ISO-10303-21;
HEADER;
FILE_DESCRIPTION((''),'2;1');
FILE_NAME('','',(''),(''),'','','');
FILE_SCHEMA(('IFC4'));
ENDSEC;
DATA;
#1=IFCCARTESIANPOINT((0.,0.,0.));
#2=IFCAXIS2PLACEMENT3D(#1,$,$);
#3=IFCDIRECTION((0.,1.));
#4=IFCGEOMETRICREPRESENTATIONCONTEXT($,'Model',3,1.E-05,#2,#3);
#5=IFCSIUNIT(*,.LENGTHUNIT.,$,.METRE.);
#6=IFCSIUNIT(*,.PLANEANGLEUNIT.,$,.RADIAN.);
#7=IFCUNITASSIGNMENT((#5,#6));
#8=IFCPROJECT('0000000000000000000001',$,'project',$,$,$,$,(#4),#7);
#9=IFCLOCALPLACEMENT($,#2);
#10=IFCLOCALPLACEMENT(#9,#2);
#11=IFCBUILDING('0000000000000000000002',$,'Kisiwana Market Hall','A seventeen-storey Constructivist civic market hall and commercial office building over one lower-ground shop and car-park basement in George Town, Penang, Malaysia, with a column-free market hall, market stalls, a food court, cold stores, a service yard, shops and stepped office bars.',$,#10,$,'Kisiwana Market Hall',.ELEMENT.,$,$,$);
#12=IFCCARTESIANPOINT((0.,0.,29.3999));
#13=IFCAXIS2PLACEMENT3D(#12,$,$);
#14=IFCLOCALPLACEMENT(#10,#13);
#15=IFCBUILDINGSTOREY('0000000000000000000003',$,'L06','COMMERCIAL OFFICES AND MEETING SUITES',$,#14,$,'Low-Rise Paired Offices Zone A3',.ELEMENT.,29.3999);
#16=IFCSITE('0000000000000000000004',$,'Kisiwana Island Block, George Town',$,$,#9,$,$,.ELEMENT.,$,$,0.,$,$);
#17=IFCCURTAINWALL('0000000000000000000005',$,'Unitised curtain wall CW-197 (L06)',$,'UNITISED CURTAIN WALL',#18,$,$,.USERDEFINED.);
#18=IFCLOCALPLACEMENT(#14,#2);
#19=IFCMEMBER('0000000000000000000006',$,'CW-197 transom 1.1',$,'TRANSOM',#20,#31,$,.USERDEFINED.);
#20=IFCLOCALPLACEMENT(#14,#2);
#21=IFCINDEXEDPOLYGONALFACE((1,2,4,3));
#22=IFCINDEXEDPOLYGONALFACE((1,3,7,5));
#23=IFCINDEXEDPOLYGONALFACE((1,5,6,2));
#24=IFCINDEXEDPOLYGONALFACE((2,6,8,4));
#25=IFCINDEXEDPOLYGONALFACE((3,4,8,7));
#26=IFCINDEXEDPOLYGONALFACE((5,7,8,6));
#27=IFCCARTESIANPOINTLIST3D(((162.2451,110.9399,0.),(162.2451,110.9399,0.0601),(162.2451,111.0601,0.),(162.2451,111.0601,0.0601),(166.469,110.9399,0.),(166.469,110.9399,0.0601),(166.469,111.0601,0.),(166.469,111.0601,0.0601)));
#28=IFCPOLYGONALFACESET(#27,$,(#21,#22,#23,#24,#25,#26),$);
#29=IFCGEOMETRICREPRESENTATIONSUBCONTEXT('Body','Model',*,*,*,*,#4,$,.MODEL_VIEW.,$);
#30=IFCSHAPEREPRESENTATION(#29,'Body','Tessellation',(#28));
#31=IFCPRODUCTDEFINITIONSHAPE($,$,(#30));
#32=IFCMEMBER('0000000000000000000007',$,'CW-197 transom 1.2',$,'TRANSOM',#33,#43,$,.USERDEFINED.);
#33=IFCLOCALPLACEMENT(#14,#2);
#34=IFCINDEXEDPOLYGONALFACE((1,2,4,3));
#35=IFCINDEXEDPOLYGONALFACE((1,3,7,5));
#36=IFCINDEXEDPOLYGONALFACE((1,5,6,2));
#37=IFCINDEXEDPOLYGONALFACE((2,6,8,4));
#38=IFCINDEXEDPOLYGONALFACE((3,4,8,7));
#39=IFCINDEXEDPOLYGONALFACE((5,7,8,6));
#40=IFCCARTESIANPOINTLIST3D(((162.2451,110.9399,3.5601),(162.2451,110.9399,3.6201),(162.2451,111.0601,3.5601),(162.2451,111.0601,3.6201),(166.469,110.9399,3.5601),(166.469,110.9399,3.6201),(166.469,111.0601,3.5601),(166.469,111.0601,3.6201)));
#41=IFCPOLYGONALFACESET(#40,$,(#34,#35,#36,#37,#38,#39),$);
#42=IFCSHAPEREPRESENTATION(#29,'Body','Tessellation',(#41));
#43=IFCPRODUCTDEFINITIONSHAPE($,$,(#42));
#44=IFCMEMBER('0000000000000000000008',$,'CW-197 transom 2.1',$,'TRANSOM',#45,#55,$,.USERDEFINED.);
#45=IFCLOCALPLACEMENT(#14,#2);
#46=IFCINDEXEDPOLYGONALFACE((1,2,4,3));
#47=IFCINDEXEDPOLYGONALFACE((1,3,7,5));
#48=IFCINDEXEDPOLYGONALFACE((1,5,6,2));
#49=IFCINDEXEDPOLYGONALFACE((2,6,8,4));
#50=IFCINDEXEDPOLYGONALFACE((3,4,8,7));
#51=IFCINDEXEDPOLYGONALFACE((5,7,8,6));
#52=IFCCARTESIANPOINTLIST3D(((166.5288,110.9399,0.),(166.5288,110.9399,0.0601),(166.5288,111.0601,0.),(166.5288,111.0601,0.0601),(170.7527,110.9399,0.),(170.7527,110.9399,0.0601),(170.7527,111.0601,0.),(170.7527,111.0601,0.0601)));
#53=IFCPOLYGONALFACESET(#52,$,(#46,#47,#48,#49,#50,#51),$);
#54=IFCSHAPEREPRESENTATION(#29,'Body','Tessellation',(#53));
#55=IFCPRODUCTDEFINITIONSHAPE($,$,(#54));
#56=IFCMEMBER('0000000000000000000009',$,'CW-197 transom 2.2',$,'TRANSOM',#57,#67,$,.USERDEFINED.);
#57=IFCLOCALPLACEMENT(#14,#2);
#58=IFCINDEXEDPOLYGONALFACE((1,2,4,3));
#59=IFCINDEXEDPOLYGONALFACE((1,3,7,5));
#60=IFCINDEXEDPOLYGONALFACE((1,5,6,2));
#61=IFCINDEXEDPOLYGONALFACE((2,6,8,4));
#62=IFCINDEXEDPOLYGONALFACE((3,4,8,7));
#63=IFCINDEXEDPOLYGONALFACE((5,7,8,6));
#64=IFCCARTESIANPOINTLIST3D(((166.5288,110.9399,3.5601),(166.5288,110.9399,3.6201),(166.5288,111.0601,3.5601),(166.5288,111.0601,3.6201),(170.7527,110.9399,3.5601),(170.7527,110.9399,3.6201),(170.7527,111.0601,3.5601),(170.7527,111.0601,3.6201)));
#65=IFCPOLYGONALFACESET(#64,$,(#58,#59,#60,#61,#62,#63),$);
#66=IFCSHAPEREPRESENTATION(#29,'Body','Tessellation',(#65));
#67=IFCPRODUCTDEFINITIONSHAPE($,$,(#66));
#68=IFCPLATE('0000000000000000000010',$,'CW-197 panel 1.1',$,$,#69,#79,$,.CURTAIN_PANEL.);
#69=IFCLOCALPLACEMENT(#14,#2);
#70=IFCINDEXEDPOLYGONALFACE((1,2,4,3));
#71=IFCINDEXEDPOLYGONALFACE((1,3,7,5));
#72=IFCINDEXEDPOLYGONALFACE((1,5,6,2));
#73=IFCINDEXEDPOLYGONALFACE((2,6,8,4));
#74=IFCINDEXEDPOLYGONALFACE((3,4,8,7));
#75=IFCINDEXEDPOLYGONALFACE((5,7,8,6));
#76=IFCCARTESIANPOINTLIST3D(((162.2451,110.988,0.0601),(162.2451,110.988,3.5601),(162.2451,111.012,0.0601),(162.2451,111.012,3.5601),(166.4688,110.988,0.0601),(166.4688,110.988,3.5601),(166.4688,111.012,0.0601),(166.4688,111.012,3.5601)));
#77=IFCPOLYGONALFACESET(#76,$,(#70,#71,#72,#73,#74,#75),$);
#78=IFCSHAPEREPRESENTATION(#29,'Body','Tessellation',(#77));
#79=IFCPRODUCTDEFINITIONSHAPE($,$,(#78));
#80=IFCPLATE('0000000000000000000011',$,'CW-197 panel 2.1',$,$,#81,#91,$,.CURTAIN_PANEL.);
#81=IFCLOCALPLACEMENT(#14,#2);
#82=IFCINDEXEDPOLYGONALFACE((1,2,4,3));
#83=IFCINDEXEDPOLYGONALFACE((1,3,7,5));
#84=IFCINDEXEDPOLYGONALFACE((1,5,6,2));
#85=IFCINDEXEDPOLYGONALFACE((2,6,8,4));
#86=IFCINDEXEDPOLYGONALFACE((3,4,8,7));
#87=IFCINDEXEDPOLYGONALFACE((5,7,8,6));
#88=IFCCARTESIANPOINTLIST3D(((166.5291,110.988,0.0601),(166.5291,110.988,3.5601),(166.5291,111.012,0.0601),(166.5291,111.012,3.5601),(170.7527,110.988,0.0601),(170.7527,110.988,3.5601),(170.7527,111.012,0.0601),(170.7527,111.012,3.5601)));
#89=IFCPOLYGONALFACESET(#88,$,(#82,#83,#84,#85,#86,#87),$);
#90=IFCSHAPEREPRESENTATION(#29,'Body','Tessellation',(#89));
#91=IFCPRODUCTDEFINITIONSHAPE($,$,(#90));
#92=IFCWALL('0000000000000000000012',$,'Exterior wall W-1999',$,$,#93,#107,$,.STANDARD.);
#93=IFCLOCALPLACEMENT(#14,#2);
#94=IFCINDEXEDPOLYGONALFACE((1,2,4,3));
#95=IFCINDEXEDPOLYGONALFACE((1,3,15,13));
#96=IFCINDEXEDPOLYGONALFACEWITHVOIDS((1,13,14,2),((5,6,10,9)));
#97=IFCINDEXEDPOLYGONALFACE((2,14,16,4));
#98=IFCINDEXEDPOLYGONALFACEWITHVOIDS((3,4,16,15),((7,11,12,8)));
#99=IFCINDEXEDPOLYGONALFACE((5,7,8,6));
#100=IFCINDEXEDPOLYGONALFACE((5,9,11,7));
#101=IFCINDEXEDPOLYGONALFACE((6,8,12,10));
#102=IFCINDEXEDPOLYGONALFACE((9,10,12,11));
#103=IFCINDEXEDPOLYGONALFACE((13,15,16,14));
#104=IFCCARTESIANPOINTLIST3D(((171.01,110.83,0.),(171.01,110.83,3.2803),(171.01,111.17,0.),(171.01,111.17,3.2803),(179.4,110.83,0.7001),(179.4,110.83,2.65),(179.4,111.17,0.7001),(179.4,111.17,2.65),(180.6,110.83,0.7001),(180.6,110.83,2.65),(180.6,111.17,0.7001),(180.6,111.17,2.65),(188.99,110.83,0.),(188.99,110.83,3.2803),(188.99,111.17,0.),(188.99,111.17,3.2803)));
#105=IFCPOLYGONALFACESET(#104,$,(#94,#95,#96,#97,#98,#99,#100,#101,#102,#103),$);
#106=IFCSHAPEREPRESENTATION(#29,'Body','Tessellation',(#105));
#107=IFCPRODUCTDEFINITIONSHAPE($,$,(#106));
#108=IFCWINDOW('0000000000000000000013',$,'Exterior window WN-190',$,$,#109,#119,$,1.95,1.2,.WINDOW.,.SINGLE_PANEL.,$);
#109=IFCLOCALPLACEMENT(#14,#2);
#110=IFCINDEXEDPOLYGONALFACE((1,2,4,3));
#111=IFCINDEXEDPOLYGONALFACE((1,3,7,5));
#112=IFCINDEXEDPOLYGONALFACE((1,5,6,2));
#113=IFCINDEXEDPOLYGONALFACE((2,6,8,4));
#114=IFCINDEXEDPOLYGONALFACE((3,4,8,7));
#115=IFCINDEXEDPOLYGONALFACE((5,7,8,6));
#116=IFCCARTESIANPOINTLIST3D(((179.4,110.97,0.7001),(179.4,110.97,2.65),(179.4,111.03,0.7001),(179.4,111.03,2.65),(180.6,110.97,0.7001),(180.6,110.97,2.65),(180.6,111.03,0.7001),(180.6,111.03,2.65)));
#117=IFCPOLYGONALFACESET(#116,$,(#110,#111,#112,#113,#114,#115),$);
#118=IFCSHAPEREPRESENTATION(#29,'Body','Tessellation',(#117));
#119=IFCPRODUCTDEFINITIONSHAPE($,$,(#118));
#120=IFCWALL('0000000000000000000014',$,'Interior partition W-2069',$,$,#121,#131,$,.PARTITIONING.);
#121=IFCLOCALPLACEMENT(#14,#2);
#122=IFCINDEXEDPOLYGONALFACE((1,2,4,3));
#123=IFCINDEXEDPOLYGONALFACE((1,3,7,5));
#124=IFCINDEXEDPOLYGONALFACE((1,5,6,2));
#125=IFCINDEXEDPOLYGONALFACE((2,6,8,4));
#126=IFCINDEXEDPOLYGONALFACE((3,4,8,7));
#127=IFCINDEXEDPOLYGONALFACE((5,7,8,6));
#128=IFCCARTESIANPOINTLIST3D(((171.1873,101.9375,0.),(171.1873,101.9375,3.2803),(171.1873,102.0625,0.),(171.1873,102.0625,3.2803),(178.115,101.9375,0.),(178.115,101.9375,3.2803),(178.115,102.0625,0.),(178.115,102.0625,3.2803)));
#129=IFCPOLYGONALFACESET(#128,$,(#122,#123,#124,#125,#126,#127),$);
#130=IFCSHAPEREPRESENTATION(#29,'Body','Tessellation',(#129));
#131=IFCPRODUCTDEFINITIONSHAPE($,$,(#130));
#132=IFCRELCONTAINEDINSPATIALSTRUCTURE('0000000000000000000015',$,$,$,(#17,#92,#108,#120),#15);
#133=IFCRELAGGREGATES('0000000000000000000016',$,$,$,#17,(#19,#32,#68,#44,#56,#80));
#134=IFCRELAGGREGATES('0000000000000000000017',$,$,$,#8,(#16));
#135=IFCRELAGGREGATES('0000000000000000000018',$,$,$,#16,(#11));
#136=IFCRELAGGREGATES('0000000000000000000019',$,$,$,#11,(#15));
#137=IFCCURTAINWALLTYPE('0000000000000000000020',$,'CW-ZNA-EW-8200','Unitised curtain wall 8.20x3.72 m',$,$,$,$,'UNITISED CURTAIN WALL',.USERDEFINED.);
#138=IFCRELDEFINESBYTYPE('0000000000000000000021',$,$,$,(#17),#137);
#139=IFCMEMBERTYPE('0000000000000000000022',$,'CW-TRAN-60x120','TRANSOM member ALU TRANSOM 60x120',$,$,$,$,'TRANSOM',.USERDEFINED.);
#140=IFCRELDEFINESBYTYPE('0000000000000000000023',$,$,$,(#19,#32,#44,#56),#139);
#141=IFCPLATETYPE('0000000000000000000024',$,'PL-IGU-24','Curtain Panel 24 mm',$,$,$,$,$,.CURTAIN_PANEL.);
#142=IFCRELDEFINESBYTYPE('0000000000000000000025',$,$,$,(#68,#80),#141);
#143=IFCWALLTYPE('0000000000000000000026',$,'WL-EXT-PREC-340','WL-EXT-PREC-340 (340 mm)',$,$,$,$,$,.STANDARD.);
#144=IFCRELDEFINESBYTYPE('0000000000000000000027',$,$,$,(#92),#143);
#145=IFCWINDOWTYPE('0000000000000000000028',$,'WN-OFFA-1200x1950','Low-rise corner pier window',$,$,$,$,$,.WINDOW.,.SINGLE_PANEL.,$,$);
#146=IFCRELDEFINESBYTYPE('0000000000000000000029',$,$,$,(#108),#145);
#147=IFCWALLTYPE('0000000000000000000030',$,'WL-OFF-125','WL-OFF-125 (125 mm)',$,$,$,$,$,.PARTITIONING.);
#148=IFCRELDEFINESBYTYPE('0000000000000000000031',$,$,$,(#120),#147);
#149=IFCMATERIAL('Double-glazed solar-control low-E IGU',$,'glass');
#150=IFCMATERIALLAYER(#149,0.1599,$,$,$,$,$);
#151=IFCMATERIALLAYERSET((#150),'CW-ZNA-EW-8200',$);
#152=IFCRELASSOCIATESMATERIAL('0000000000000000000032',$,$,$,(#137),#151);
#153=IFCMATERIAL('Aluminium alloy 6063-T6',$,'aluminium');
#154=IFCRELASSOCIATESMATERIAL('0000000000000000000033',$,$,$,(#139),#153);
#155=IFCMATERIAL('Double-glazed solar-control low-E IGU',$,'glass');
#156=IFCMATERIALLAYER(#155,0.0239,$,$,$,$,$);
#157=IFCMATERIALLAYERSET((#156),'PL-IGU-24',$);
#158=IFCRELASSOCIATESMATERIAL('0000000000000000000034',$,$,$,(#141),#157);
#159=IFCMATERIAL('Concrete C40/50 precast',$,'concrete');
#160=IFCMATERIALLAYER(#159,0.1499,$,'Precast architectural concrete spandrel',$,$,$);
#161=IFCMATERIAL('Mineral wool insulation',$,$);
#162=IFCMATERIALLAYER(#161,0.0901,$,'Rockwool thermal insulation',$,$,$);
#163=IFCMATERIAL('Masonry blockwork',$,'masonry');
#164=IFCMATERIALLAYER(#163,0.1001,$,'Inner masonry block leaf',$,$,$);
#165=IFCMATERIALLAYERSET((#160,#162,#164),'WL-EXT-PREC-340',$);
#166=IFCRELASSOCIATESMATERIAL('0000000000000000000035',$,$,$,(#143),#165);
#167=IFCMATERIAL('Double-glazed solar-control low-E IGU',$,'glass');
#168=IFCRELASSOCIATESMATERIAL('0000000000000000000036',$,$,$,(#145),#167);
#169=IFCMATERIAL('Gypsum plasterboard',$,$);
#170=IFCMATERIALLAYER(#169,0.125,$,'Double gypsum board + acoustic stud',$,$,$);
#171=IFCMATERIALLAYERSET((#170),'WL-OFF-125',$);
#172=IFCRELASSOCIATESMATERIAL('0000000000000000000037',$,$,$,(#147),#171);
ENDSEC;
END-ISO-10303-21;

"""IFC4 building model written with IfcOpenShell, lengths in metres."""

from ifc_helpers import new_model, si_unit, direction, frame, frame_2d, origin, origin_2d, place, context, subcontext, project, spatial, rectangle, extrude, material, layer, layer_set, material_profile, profile_set, type_object, element, fill, aggregate, save


model = new_model("IFC4")

# Units and contexts
model_context = context("Model", 3, precision=1e-05, world=origin(), true_north=direction((0.0, 1.0)))
body_context = subcontext(model_context, "Body", "Model", "MODEL_VIEW")
ifc_project = project(units=[si_unit("LENGTHUNIT", "METRE"), si_unit("PLANEANGLEUNIT", "RADIAN")], contexts=[model_context])

# Site, building, storey
site_placement = place(None, origin())
site = spatial("IfcSite", under=ifc_project, at=site_placement, Name="Kisiwana Island Block, George Town", CompositionType="ELEMENT", RefElevation=0.0)
building_placement = place(site_placement, origin())
building = spatial("IfcBuilding", under=site, at=building_placement, Name="Kisiwana Market Hall", Description="A seventeen-storey Constructivist civic market hall and commercial office building over one lower-ground shop and car-park basement in George Town, Penang, Malaysia, with a column-free market hall, market stalls, a food court, cold stores, a service yard, shops and stepped office bars.", LongName="Kisiwana Market Hall", CompositionType="ELEMENT")
storey_placement = place(building_placement, frame((0.0, 0.0, 29.3999)))
storey = spatial("IfcBuildingStorey", under=building, at=storey_placement, Name="L06", Description="COMMERCIAL OFFICES AND MEETING SUITES", LongName="Low-Rise Paired Offices Zone A3", CompositionType="ELEMENT", Elevation=29.3999)

# Curtain wall, members, plates
ifc_material_1 = material(Name="Double-glazed solar-control low-E IGU", Category="glass")
ifc_layer_1 = layer(ifc_material_1, 0.1599)
ifc_layer_set_1 = layer_set([ifc_layer_1], Name="CW-ZNA-EW-8200")
curtain_wall_type = type_object("IfcCurtainWallType", Name="CW-ZNA-EW-8200", Description="Unitised curtain wall 8.20x3.72 m", ElementType="UNITISED CURTAIN WALL", PredefinedType="USERDEFINED", material=ifc_layer_set_1)
curtain_wall_placement = place(storey_placement, origin())
curtain_wall = element("IfcCurtainWall", 1, at=curtain_wall_placement, inside=storey, type_object=curtain_wall_type, Name="Unitised curtain wall CW-197 (L06)", ObjectType="UNITISED CURTAIN WALL", PredefinedType="USERDEFINED")
ifc_material_2 = material(Name="Aluminium alloy 6063-T6", Category="aluminium")
ifc_material_profile_1 = material_profile(ifc_material_2, rectangle(XDim=0.1201, YDim=0.0601, at=origin_2d()), Name="ALU TRANSOM 60x120")
ifc_profile_set_1 = profile_set([ifc_material_profile_1], Name="Aluminium alloy 6063-T6")
member_type_1 = type_object("IfcMemberType", Name="CW-TRAN-60x120", Description="TRANSOM member ALU TRANSOM 60x120", ElementType="TRANSOM", PredefinedType="USERDEFINED", material=ifc_profile_set_1)
member_1_placement = place(storey_placement, frame((162.2451, 111.0, 0.03), z_axis=(1.0, 0.0, 0.0), x_axis=(0.0, 1.0, 0.0)))
member_1 = element("IfcMember", 2, at=member_1_placement, type_object=member_type_1, Name="CW-197 transom 1.1", ObjectType="TRANSOM", PredefinedType="USERDEFINED", context=body_context, shape_type="SweptSolid", body=[
    extrude(rectangle(XDim=0.1201, YDim=0.0601, at=origin_2d()), origin(), (0.0, 0.0, 1.0), 4.2239),
])
member_2_placement = place(storey_placement, frame((162.2451, 111.0, 3.5901), z_axis=(1.0, 0.0, 0.0), x_axis=(0.0, 1.0, 0.0)))
member_2 = element("IfcMember", 3, at=member_2_placement, type_object=member_type_1, Name="CW-197 transom 1.2", ObjectType="TRANSOM", PredefinedType="USERDEFINED", context=body_context, shape_type="SweptSolid", body=[
    extrude(rectangle(XDim=0.1201, YDim=0.0601, at=origin_2d()), origin(), (0.0, 0.0, 1.0), 4.2239),
])
member_3_placement = place(storey_placement, frame((166.5288, 111.0, 0.03), z_axis=(1.0, 0.0, 0.0), x_axis=(0.0, 1.0, 0.0)))
member_3 = element("IfcMember", 4, at=member_3_placement, type_object=member_type_1, Name="CW-197 transom 2.1", ObjectType="TRANSOM", PredefinedType="USERDEFINED", context=body_context, shape_type="SweptSolid", body=[
    extrude(rectangle(XDim=0.1201, YDim=0.0601, at=origin_2d()), origin(), (0.0, 0.0, 1.0), 4.2239),
])
member_4_placement = place(storey_placement, frame((166.5288, 111.0, 3.5901), z_axis=(1.0, 0.0, 0.0), x_axis=(0.0, 1.0, 0.0)))
member_4 = element("IfcMember", 5, at=member_4_placement, type_object=member_type_1, Name="CW-197 transom 2.2", ObjectType="TRANSOM", PredefinedType="USERDEFINED", context=body_context, shape_type="SweptSolid", body=[
    extrude(rectangle(XDim=0.1201, YDim=0.0601, at=origin_2d()), origin(), (0.0, 0.0, 1.0), 4.2239),
])
ifc_material_3 = material(Name="Double-glazed solar-control low-E IGU", Category="glass")
ifc_layer_2 = layer(ifc_material_3, 0.0239)
ifc_layer_set_2 = layer_set([ifc_layer_2], Name="PL-IGU-24")
plate_type = type_object("IfcPlateType", Name="PL-IGU-24", Description="Curtain Panel 24 mm", PredefinedType="CURTAIN_PANEL", material=ifc_layer_set_2)
plate_1_placement = place(storey_placement, frame((164.3569, 111.0, 0.0601), z_axis=(0.0, 0.0, 1.0), x_axis=(1.0, 0.0, 0.0)))
plate_1 = element("IfcPlate", 6, at=plate_1_placement, type_object=plate_type, Name="CW-197 panel 1.1", PredefinedType="CURTAIN_PANEL", context=body_context, shape_type="SweptSolid", body=[
    extrude(rectangle(XDim=4.2236, YDim=0.0239, at=origin_2d()), origin(), (0.0, 0.0, 1.0), 3.5),
])
plate_2_placement = place(storey_placement, frame((168.6409, 111.0, 0.0601), z_axis=(0.0, 0.0, 1.0), x_axis=(1.0, 0.0, 0.0)))
plate_2 = element("IfcPlate", 7, at=plate_2_placement, type_object=plate_type, Name="CW-197 panel 2.1", PredefinedType="CURTAIN_PANEL", context=body_context, shape_type="SweptSolid", body=[
    extrude(rectangle(XDim=4.2236, YDim=0.0239, at=origin_2d()), origin(), (0.0, 0.0, 1.0), 3.5),
])
aggregate(curtain_wall, [member_1, member_2, plate_1, member_3, member_4, plate_2])

# Wall, opening, window
ifc_material_4 = material(Name="Concrete C40/50 precast", Category="concrete")
ifc_layer_3 = layer(ifc_material_4, 0.1499, Name="Precast architectural concrete spandrel")
ifc_material_5 = material(Name="Mineral wool insulation")
ifc_layer_4 = layer(ifc_material_5, 0.0901, Name="Rockwool thermal insulation")
ifc_material_6 = material(Name="Masonry blockwork", Category="masonry")
ifc_layer_5 = layer(ifc_material_6, 0.1001, Name="Inner masonry block leaf")
ifc_layer_set_3 = layer_set([ifc_layer_3, ifc_layer_4, ifc_layer_5], Name="WL-EXT-PREC-340")
wall_type_1 = type_object("IfcWallType", Name="WL-EXT-PREC-340", Description="WL-EXT-PREC-340 (340 mm)", PredefinedType="STANDARD", material=ifc_layer_set_3)
wall_1_placement = place(storey_placement, frame((171.01, 111.0, 0.0), z_axis=(0.0, 0.0, 1.0), x_axis=(1.0, 0.0, 0.0)))
wall_1 = element("IfcWall", 8, at=wall_1_placement, inside=storey, type_object=wall_type_1, Name="Exterior wall W-1999", PredefinedType="STANDARD", context=body_context, shape_type="SweptSolid", body=[
    extrude(rectangle(XDim=17.98, YDim=0.3401, at=frame_2d((8.99, 0.0))), origin(), (0.0, 0.0, 1.0), 3.2803),
])
opening_placement = place(wall_1_placement, frame((8.3899, 0.0, 0.7)))
opening = element("IfcOpeningElement", 9, at=opening_placement, cuts=wall_1, PredefinedType="OPENING", context=body_context, shape_type="SweptSolid", body=[
    extrude(rectangle(XDim=1.2, YDim=1.95, at=frame_2d((0.6001, 0.9751))), frame((0.0, 0.1821, 0.0), z_axis=(0.0, -1.0, 0.0), x_axis=(1.0, 0.0, 0.0)), (0.0, 0.0, 1.0), 0.364),
])
ifc_material_7 = material(Name="Double-glazed solar-control low-E IGU", Category="glass")
window_type = type_object("IfcWindowType", Name="WN-OFFA-1200x1950", Description="Low-rise corner pier window", PartitioningType="SINGLE_PANEL", PredefinedType="WINDOW", material=ifc_material_7)
window_placement = place(opening_placement, origin())
window = element("IfcWindow", 10, at=window_placement, inside=storey, type_object=window_type, Name="Exterior window WN-190", OverallHeight=1.95, OverallWidth=1.2, PartitioningType="SINGLE_PANEL", PredefinedType="WINDOW", context=body_context, shape_type="SweptSolid", body=[
    extrude(rectangle(XDim=1.2, YDim=1.95, at=frame_2d((0.6001, 0.9751))), frame((0.0, 0.03, 0.0), z_axis=(0.0, -1.0, 0.0), x_axis=(1.0, 0.0, 0.0)), (0.0, 0.0, 1.0), 0.0601),
])
fill(opening, window)

# Wall
ifc_material_8 = material(Name="Gypsum plasterboard")
ifc_layer_6 = layer(ifc_material_8, 0.125, Name="Double gypsum board + acoustic stud")
ifc_layer_set_4 = layer_set([ifc_layer_6], Name="WL-OFF-125")
wall_type_2 = type_object("IfcWallType", Name="WL-OFF-125", Description="WL-OFF-125 (125 mm)", PredefinedType="PARTITIONING", material=ifc_layer_set_4)
wall_2_placement = place(storey_placement, frame((171.1873, 102.0, 0.0), z_axis=(0.0, 0.0, 1.0), x_axis=(1.0, 0.0, 0.0)))
element("IfcWall", 11, at=wall_2_placement, inside=storey, type_object=wall_type_2, Name="Interior partition W-2069", PredefinedType="PARTITIONING", context=body_context, shape_type="SweptSolid", body=[
    extrude(rectangle(XDim=6.9277, YDim=0.125, at=frame_2d((3.4639, 0.0))), origin(), (0.0, 0.0, 1.0), 3.2803),
])

save(model, "model.ifc")
